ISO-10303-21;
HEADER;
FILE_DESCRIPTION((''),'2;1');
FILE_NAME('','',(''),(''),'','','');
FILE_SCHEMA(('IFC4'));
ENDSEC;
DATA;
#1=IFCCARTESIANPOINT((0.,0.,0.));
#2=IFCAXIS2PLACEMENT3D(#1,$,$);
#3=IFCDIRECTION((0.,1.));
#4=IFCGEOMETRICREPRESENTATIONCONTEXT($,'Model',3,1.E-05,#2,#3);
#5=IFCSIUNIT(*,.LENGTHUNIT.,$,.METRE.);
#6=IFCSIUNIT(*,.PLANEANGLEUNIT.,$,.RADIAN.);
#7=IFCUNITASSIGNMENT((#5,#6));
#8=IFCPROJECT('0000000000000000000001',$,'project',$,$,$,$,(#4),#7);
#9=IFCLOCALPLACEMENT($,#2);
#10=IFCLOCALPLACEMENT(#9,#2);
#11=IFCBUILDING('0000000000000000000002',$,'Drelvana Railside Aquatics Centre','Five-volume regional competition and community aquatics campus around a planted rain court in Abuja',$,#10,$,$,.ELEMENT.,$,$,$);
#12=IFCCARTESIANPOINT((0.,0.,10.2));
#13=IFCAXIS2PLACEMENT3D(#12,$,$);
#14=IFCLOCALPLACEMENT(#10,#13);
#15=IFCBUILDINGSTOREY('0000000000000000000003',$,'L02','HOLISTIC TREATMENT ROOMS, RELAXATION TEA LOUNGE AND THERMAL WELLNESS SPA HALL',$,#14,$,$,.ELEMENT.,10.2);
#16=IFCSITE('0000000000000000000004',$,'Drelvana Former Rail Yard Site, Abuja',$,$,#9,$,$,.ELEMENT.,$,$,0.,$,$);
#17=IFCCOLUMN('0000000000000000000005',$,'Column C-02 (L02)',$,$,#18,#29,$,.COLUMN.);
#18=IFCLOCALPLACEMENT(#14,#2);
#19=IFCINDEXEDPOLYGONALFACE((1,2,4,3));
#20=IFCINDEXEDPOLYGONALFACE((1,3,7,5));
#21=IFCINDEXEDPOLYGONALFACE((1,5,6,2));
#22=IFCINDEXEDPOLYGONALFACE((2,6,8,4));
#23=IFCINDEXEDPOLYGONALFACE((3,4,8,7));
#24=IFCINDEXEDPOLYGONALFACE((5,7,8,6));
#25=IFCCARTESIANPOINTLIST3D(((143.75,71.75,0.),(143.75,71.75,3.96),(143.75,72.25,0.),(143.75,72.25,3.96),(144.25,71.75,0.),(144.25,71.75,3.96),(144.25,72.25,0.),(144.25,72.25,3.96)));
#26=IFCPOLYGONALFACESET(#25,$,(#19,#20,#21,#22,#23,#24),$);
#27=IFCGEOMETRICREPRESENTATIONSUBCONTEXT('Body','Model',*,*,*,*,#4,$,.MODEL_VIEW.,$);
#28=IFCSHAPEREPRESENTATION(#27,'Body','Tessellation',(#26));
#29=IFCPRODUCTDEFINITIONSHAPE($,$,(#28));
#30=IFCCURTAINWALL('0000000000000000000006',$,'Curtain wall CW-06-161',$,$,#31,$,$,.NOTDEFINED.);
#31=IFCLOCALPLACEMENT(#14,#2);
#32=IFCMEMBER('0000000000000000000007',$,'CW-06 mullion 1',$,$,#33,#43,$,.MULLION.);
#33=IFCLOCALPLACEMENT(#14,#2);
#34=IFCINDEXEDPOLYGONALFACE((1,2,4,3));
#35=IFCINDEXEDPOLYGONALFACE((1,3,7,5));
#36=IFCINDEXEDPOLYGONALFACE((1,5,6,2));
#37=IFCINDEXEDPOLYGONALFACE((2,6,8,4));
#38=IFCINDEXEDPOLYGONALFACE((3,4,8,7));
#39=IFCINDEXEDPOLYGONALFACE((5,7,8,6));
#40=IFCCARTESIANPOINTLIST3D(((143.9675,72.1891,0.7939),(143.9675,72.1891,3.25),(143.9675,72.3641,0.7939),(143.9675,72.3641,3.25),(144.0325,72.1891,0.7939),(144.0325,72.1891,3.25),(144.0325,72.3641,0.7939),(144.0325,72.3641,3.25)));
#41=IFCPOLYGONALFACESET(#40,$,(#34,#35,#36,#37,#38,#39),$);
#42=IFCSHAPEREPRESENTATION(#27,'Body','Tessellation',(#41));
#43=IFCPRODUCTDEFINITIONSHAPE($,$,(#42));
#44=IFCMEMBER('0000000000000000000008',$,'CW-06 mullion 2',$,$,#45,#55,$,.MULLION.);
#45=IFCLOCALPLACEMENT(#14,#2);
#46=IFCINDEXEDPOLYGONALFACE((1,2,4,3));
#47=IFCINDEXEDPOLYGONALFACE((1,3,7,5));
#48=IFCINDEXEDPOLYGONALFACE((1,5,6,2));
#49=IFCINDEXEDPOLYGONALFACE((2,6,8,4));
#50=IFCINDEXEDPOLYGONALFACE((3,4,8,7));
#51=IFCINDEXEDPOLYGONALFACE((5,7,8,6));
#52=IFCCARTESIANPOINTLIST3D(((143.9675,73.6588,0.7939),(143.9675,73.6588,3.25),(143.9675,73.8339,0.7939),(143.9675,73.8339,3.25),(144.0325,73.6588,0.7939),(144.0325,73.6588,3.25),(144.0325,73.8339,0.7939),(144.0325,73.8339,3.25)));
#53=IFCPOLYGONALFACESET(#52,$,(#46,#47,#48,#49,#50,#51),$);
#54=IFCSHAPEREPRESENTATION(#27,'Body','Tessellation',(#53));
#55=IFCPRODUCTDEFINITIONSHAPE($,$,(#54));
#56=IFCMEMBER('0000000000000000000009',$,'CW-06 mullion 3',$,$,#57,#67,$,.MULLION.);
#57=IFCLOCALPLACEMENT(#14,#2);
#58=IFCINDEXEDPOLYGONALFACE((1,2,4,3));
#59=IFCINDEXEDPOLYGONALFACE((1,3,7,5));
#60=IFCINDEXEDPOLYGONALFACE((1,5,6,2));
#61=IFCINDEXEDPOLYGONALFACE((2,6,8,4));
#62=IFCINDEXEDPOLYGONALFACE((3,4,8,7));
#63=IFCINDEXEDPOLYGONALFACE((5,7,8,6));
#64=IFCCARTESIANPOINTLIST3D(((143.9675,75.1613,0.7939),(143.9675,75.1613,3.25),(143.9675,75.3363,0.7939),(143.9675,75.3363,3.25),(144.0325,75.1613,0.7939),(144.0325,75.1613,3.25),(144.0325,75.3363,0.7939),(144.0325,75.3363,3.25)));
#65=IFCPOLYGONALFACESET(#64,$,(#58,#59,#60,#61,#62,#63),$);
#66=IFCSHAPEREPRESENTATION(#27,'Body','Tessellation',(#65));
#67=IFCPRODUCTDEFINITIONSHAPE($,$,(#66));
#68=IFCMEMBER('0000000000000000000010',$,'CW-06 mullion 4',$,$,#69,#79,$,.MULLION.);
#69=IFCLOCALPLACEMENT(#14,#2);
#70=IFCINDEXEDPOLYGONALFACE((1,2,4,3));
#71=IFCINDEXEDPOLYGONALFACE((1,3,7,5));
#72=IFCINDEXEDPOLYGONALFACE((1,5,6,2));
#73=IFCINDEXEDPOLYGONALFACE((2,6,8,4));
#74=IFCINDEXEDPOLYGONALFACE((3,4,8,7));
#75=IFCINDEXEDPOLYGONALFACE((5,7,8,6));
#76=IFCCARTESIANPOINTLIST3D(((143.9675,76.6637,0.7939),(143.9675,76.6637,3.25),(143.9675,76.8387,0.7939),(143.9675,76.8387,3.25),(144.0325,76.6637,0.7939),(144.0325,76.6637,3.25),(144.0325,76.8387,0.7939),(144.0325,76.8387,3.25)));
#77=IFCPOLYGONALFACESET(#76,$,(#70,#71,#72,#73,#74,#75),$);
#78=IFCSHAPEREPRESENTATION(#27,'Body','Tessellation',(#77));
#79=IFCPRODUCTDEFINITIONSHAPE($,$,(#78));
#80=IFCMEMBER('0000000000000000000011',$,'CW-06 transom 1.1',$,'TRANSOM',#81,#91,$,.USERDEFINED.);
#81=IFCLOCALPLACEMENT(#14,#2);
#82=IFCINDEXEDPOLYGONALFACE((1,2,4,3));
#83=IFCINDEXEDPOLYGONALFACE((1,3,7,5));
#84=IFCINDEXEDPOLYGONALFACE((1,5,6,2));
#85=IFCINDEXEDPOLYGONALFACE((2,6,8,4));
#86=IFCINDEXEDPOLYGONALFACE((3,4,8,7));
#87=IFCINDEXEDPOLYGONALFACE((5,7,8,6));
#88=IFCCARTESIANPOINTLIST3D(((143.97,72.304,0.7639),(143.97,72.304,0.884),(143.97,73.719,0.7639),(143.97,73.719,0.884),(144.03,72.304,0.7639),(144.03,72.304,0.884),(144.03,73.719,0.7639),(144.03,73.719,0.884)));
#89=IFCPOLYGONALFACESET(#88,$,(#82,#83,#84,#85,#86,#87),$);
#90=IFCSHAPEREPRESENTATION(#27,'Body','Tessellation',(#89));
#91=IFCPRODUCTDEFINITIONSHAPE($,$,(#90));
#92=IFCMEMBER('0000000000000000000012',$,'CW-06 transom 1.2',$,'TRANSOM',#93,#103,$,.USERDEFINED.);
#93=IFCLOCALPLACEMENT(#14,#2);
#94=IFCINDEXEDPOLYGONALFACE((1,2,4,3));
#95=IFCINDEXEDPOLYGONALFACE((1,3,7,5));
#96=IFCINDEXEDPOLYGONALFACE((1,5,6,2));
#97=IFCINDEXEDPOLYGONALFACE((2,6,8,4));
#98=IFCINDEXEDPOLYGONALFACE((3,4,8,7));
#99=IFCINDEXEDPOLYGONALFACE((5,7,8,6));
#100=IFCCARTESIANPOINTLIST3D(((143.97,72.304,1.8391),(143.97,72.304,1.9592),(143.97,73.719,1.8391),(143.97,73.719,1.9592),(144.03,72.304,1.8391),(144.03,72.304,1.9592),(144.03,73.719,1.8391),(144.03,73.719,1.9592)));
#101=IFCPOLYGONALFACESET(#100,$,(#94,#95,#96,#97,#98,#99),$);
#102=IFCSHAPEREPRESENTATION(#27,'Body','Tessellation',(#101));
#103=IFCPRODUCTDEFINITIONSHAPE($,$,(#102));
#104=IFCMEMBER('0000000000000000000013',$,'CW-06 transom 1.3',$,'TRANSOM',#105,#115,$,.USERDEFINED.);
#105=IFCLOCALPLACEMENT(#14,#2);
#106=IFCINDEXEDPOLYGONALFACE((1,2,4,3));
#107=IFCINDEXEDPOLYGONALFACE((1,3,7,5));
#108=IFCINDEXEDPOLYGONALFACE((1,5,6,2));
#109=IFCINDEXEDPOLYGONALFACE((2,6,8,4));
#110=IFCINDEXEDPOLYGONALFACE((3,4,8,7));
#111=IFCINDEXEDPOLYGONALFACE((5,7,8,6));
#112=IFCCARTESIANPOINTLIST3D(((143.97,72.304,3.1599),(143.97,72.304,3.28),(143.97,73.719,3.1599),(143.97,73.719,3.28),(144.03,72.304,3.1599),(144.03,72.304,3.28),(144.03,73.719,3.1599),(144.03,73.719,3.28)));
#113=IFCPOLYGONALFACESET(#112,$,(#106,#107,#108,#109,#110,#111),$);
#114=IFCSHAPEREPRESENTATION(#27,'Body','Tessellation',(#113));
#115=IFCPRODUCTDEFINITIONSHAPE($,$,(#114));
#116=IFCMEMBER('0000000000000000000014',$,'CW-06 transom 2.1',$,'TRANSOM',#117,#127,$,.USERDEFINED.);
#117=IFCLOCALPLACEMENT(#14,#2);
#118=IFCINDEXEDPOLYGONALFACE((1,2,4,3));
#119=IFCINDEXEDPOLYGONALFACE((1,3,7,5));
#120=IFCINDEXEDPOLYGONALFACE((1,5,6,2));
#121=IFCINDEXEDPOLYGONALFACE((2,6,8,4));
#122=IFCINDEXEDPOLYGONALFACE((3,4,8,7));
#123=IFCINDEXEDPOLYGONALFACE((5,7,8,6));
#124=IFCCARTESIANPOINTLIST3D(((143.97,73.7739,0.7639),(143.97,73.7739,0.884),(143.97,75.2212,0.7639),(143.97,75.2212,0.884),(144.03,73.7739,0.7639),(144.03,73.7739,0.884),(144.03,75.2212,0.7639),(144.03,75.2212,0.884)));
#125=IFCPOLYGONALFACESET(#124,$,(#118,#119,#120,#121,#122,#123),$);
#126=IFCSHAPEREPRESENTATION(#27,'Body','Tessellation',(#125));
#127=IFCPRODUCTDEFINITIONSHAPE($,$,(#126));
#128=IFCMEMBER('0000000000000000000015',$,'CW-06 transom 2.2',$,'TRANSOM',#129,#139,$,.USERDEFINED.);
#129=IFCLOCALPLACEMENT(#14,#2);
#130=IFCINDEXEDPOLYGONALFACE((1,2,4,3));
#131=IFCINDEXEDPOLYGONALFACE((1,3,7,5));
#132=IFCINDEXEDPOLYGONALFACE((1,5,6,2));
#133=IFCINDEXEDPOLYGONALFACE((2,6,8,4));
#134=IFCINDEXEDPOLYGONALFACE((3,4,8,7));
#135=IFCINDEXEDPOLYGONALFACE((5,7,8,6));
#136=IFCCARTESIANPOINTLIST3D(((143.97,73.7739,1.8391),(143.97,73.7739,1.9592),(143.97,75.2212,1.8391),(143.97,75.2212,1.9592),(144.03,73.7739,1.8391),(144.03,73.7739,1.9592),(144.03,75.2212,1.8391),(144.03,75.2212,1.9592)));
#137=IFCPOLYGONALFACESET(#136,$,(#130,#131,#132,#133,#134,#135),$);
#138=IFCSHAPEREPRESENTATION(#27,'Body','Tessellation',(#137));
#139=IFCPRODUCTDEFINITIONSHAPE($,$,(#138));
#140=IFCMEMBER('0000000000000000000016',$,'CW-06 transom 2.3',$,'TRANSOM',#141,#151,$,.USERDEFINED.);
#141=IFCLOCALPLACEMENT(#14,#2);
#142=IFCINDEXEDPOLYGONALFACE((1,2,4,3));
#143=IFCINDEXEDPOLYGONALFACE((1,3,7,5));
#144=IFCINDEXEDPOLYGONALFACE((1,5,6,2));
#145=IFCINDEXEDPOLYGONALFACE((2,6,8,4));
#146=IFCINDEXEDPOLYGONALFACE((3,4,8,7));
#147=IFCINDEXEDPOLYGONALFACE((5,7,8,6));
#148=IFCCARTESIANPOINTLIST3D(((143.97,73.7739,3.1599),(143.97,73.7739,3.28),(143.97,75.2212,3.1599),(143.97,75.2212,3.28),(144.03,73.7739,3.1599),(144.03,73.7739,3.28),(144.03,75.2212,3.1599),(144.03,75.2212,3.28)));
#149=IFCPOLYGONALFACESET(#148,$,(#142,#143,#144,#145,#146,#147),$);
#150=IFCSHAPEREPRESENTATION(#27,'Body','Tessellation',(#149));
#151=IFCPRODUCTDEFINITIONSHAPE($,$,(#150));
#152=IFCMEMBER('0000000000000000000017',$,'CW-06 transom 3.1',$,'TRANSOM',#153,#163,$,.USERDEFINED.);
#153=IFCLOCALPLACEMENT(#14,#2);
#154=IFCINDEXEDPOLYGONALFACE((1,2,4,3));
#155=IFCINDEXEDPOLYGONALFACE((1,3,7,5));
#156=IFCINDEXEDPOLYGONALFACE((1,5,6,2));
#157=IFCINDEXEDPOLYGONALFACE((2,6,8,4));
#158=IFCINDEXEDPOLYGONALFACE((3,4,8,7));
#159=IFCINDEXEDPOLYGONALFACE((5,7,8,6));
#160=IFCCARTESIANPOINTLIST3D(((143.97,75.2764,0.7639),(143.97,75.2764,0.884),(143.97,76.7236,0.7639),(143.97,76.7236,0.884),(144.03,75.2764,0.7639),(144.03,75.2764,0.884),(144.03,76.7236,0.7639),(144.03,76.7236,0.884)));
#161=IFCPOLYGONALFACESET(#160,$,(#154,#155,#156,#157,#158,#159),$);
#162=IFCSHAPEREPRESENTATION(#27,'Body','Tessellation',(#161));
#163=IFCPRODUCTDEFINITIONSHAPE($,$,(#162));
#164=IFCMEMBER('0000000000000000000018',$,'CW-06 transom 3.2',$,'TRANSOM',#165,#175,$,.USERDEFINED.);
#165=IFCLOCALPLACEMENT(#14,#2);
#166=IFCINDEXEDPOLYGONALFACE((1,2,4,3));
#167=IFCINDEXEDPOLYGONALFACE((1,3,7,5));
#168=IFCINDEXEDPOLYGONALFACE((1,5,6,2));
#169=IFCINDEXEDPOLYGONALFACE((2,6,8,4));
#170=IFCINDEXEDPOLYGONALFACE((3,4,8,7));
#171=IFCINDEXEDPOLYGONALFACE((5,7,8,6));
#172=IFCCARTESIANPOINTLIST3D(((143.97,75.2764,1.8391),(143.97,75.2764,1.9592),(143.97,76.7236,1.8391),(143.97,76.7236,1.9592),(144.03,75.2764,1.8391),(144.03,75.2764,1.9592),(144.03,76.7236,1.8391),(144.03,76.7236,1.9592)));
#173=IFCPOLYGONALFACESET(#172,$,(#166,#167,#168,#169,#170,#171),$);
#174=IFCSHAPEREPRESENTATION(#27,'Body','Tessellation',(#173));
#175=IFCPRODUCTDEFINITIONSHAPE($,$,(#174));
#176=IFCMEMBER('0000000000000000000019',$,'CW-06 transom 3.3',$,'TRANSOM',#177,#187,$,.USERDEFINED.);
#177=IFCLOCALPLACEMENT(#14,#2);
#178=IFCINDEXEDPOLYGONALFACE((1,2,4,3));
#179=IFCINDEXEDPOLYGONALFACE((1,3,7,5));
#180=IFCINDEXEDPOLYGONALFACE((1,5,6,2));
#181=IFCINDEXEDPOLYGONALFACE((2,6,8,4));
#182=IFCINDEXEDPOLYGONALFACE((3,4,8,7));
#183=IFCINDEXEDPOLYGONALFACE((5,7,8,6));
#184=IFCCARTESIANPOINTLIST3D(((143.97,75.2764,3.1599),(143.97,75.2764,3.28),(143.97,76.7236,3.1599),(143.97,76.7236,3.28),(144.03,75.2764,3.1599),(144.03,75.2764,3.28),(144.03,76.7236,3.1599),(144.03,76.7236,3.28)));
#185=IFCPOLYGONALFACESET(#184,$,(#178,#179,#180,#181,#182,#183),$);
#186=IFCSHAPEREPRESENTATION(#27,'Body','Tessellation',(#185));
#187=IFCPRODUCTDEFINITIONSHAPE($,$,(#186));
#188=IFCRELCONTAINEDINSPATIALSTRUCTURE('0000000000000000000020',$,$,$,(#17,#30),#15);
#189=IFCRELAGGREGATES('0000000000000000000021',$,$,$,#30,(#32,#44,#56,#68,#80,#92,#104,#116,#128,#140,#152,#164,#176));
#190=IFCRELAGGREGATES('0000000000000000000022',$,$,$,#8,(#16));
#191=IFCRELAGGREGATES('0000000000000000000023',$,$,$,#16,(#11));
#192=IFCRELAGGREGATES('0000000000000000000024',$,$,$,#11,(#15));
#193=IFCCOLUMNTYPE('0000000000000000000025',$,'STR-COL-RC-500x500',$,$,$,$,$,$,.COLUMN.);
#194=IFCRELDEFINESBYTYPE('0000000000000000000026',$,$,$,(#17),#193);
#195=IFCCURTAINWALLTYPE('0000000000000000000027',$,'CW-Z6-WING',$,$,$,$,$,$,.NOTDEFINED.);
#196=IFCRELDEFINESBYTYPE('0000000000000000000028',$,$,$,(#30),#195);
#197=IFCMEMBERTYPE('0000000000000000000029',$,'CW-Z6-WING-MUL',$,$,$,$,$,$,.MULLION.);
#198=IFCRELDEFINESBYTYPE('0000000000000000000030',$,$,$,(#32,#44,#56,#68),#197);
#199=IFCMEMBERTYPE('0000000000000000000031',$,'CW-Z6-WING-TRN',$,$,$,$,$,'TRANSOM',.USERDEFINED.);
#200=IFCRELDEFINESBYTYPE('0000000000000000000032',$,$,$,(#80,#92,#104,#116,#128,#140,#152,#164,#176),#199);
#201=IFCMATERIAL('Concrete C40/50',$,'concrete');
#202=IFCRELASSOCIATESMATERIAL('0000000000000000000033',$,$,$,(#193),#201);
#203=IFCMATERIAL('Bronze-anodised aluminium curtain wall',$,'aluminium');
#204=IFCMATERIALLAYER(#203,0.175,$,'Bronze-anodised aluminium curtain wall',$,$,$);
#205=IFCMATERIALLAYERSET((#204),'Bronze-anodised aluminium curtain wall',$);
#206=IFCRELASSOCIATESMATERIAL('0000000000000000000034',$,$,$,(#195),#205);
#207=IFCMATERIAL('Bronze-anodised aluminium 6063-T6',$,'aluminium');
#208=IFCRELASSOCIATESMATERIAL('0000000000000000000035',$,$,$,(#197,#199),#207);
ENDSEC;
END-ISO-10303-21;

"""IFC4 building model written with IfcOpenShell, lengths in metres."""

from ifc_helpers import new_model, si_unit, direction, frame, origin, origin_2d, place, context, subcontext, project, spatial, rectangle, extrude, material, layer, layer_set, material_profile, profile_set, type_object, element, aggregate, save


model = new_model("IFC4")

# Units and contexts
model_context = context("Model", 3, precision=1e-05, world=origin(), true_north=direction((0.0, 1.0)))
body_context = subcontext(model_context, "Body", "Model", "MODEL_VIEW")
ifc_project = project(units=[si_unit("LENGTHUNIT", "METRE"), si_unit("PLANEANGLEUNIT", "RADIAN")], contexts=[model_context])

# Site, building, storey
site_placement = place(None, origin())
site = spatial("IfcSite", under=ifc_project, at=site_placement, Name="Drelvana Former Rail Yard Site, Abuja", CompositionType="ELEMENT", RefElevation=0.0)
building_placement = place(site_placement, origin())
building = spatial("IfcBuilding", under=site, at=building_placement, Name="Drelvana Railside Aquatics Centre", Description="Five-volume regional competition and community aquatics campus around a planted rain court in Abuja", CompositionType="ELEMENT")
storey_placement = place(building_placement, frame((0.0, 0.0, 10.2)))
storey = spatial("IfcBuildingStorey", under=building, at=storey_placement, Name="L02", Description="HOLISTIC TREATMENT ROOMS, RELAXATION TEA LOUNGE AND THERMAL WELLNESS SPA HALL", CompositionType="ELEMENT", Elevation=10.2)

# Column
ifc_material_1 = material(Name="Concrete C40/50", Category="concrete")
ifc_material_profile_1 = material_profile(ifc_material_1, rectangle(XDim=0.5, YDim=0.5, at=origin_2d()), Name="RC 500x500")
ifc_profile_set_1 = profile_set([ifc_material_profile_1], Name="Concrete C40/50")
column_type = type_object("IfcColumnType", Name="STR-COL-RC-500x500", PredefinedType="COLUMN", material=ifc_profile_set_1)
column_placement = place(storey_placement, frame((144.0, 72.0, 0.0), z_axis=(0.0, 0.0, 1.0), x_axis=(1.0, 0.0, 0.0)))
element("IfcColumn", 1, at=column_placement, inside=storey, type_object=column_type, Name="Column C-02 (L02)", PredefinedType="COLUMN", context=body_context, shape_type="SweptSolid", body=[
    extrude(rectangle(XDim=0.5, YDim=0.5, at=origin_2d()), origin(), (0.0, 0.0, 1.0), 3.96),
])

# Curtain wall, members
ifc_material_2 = material(Name="Bronze-anodised aluminium curtain wall", Category="aluminium")
ifc_layer_1 = layer(ifc_material_2, 0.175, Name="Bronze-anodised aluminium curtain wall")
ifc_layer_set_1 = layer_set([ifc_layer_1], Name="Bronze-anodised aluminium curtain wall")
curtain_wall_type = type_object("IfcCurtainWallType", Name="CW-Z6-WING", PredefinedType="NOTDEFINED", material=ifc_layer_set_1)
curtain_wall_placement = place(storey_placement, origin())
curtain_wall = element("IfcCurtainWall", 2, at=curtain_wall_placement, inside=storey, type_object=curtain_wall_type, Name="Curtain wall CW-06-161", PredefinedType="NOTDEFINED")
ifc_material_3 = material(Name="Bronze-anodised aluminium 6063-T6", Category="aluminium")
ifc_material_profile_2 = material_profile(ifc_material_3, rectangle(XDim=0.0649, YDim=0.175, at=origin_2d()), Name="ALU-M 65x175")
ifc_profile_set_2 = profile_set([ifc_material_profile_2], Name="Bronze-anodised aluminium 6063-T6")
member_type_1 = type_object("IfcMemberType", Name="CW-Z6-WING-MUL", PredefinedType="MULLION", material=ifc_profile_set_2)
member_1_placement = place(storey_placement, frame((144.0, 72.2766, 0.7939), z_axis=(0.0, 0.0, 1.0), x_axis=(-1.0, 0.0, 0.0)))
member_1 = element("IfcMember", 3, at=member_1_placement, type_object=member_type_1, Name="CW-06 mullion 1", PredefinedType="MULLION", context=body_context, shape_type="SweptSolid", body=[
    extrude(rectangle(XDim=0.0649, YDim=0.175, at=origin_2d()), origin(), (0.0, 0.0, 1.0), 2.4561),
])
member_2_placement = place(storey_placement, frame((144.0, 73.7463, 0.7939), z_axis=(0.0, 0.0, 1.0), x_axis=(-1.0, 0.0, 0.0)))
member_2 = element("IfcMember", 4, at=member_2_placement, type_object=member_type_1, Name="CW-06 mullion 2", PredefinedType="MULLION", context=body_context, shape_type="SweptSolid", body=[
    extrude(rectangle(XDim=0.0649, YDim=0.175, at=origin_2d()), origin(), (0.0, 0.0, 1.0), 2.4561),
])
member_3_placement = place(storey_placement, frame((144.0, 75.2488, 0.7939), z_axis=(0.0, 0.0, 1.0), x_axis=(-1.0, 0.0, 0.0)))
member_3 = element("IfcMember", 5, at=member_3_placement, type_object=member_type_1, Name="CW-06 mullion 3", PredefinedType="MULLION", context=body_context, shape_type="SweptSolid", body=[
    extrude(rectangle(XDim=0.0649, YDim=0.175, at=origin_2d()), origin(), (0.0, 0.0, 1.0), 2.4561),
])
member_4_placement = place(storey_placement, frame((144.0, 76.7512, 0.7939), z_axis=(0.0, 0.0, 1.0), x_axis=(-1.0, 0.0, 0.0)))
member_4 = element("IfcMember", 6, at=member_4_placement, type_object=member_type_1, Name="CW-06 mullion 4", PredefinedType="MULLION", context=body_context, shape_type="SweptSolid", body=[
    extrude(rectangle(XDim=0.0649, YDim=0.175, at=origin_2d()), origin(), (0.0, 0.0, 1.0), 2.4561),
])
ifc_material_profile_3 = material_profile(ifc_material_3, rectangle(XDim=0.1201, YDim=0.0601, at=origin_2d()), Name="ALU-T 60x120")
ifc_profile_set_3 = profile_set([ifc_material_profile_3], Name="Bronze-anodised aluminium 6063-T6")
member_type_2 = type_object("IfcMemberType", Name="CW-Z6-WING-TRN", ElementType="TRANSOM", PredefinedType="USERDEFINED", material=ifc_profile_set_3)
member_5_placement = place(storey_placement, frame((144.0, 72.304, 0.824), z_axis=(0.0, 1.0, 0.0), x_axis=(0.0, 0.0, 1.0)))
member_5 = element("IfcMember", 7, at=member_5_placement, type_object=member_type_2, Name="CW-06 transom 1.1", ObjectType="TRANSOM", PredefinedType="USERDEFINED", context=body_context, shape_type="SweptSolid", body=[
    extrude(rectangle(XDim=0.1201, YDim=0.0601, at=origin_2d()), origin(), (0.0, 0.0, 1.0), 1.415),
])
member_6_placement = place(storey_placement, frame((144.0, 72.304, 1.8992), z_axis=(0.0, 1.0, 0.0), x_axis=(0.0, 0.0, 1.0)))
member_6 = element("IfcMember", 8, at=member_6_placement, type_object=member_type_2, Name="CW-06 transom 1.2", ObjectType="TRANSOM", PredefinedType="USERDEFINED", context=body_context, shape_type="SweptSolid", body=[
    extrude(rectangle(XDim=0.1201, YDim=0.0601, at=origin_2d()), origin(), (0.0, 0.0, 1.0), 1.415),
])
member_7_placement = place(storey_placement, frame((144.0, 72.304, 3.22), z_axis=(0.0, 1.0, 0.0), x_axis=(0.0, 0.0, 1.0)))
member_7 = element("IfcMember", 9, at=member_7_placement, type_object=member_type_2, Name="CW-06 transom 1.3", ObjectType="TRANSOM", PredefinedType="USERDEFINED", context=body_context, shape_type="SweptSolid", body=[
    extrude(rectangle(XDim=0.1201, YDim=0.0601, at=origin_2d()), origin(), (0.0, 0.0, 1.0), 1.415),
])
member_8_placement = place(storey_placement, frame((144.0, 73.7739, 0.824), z_axis=(0.0, 1.0, 0.0), x_axis=(0.0, 0.0, 1.0)))
member_8 = element("IfcMember", 10, at=member_8_placement, type_object=member_type_2, Name="CW-06 transom 2.1", ObjectType="TRANSOM", PredefinedType="USERDEFINED", context=body_context, shape_type="SweptSolid", body=[
    extrude(rectangle(XDim=0.1201, YDim=0.0601, at=origin_2d()), origin(), (0.0, 0.0, 1.0), 1.4473),
])
member_9_placement = place(storey_placement, frame((144.0, 73.7739, 1.8992), z_axis=(0.0, 1.0, 0.0), x_axis=(0.0, 0.0, 1.0)))
member_9 = element("IfcMember", 11, at=member_9_placement, type_object=member_type_2, Name="CW-06 transom 2.2", ObjectType="TRANSOM", PredefinedType="USERDEFINED", context=body_context, shape_type="SweptSolid", body=[
    extrude(rectangle(XDim=0.1201, YDim=0.0601, at=origin_2d()), origin(), (0.0, 0.0, 1.0), 1.4473),
])
member_10_placement = place(storey_placement, frame((144.0, 73.7739, 3.22), z_axis=(0.0, 1.0, 0.0), x_axis=(0.0, 0.0, 1.0)))
member_10 = element("IfcMember", 12, at=member_10_placement, type_object=member_type_2, Name="CW-06 transom 2.3", ObjectType="TRANSOM", PredefinedType="USERDEFINED", context=body_context, shape_type="SweptSolid", body=[
    extrude(rectangle(XDim=0.1201, YDim=0.0601, at=origin_2d()), origin(), (0.0, 0.0, 1.0), 1.4473),
])
member_11_placement = place(storey_placement, frame((144.0, 75.2764, 0.824), z_axis=(0.0, 1.0, 0.0), x_axis=(0.0, 0.0, 1.0)))
member_11 = element("IfcMember", 13, at=member_11_placement, type_object=member_type_2, Name="CW-06 transom 3.1", ObjectType="TRANSOM", PredefinedType="USERDEFINED", context=body_context, shape_type="SweptSolid", body=[
    extrude(rectangle(XDim=0.1201, YDim=0.0601, at=origin_2d()), origin(), (0.0, 0.0, 1.0), 1.4473),
])
member_12_placement = place(storey_placement, frame((144.0, 75.2764, 1.8992), z_axis=(0.0, 1.0, 0.0), x_axis=(0.0, 0.0, 1.0)))
member_12 = element("IfcMember", 14, at=member_12_placement, type_object=member_type_2, Name="CW-06 transom 3.2", ObjectType="TRANSOM", PredefinedType="USERDEFINED", context=body_context, shape_type="SweptSolid", body=[
    extrude(rectangle(XDim=0.1201, YDim=0.0601, at=origin_2d()), origin(), (0.0, 0.0, 1.0), 1.4473),
])
member_13_placement = place(storey_placement, frame((144.0, 75.2764, 3.22), z_axis=(0.0, 1.0, 0.0), x_axis=(0.0, 0.0, 1.0)))
member_13 = element("IfcMember", 15, at=member_13_placement, type_object=member_type_2, Name="CW-06 transom 3.3", ObjectType="TRANSOM", PredefinedType="USERDEFINED", context=body_context, shape_type="SweptSolid", body=[
    extrude(rectangle(XDim=0.1201, YDim=0.0601, at=origin_2d()), origin(), (0.0, 0.0, 1.0), 1.4473),
])

aggregate(curtain_wall, [member_1, member_2, member_3, member_4, member_5, member_6, member_7, member_8, member_9, member_10, member_11, member_12, member_13])

save(model, "model.ifc")
